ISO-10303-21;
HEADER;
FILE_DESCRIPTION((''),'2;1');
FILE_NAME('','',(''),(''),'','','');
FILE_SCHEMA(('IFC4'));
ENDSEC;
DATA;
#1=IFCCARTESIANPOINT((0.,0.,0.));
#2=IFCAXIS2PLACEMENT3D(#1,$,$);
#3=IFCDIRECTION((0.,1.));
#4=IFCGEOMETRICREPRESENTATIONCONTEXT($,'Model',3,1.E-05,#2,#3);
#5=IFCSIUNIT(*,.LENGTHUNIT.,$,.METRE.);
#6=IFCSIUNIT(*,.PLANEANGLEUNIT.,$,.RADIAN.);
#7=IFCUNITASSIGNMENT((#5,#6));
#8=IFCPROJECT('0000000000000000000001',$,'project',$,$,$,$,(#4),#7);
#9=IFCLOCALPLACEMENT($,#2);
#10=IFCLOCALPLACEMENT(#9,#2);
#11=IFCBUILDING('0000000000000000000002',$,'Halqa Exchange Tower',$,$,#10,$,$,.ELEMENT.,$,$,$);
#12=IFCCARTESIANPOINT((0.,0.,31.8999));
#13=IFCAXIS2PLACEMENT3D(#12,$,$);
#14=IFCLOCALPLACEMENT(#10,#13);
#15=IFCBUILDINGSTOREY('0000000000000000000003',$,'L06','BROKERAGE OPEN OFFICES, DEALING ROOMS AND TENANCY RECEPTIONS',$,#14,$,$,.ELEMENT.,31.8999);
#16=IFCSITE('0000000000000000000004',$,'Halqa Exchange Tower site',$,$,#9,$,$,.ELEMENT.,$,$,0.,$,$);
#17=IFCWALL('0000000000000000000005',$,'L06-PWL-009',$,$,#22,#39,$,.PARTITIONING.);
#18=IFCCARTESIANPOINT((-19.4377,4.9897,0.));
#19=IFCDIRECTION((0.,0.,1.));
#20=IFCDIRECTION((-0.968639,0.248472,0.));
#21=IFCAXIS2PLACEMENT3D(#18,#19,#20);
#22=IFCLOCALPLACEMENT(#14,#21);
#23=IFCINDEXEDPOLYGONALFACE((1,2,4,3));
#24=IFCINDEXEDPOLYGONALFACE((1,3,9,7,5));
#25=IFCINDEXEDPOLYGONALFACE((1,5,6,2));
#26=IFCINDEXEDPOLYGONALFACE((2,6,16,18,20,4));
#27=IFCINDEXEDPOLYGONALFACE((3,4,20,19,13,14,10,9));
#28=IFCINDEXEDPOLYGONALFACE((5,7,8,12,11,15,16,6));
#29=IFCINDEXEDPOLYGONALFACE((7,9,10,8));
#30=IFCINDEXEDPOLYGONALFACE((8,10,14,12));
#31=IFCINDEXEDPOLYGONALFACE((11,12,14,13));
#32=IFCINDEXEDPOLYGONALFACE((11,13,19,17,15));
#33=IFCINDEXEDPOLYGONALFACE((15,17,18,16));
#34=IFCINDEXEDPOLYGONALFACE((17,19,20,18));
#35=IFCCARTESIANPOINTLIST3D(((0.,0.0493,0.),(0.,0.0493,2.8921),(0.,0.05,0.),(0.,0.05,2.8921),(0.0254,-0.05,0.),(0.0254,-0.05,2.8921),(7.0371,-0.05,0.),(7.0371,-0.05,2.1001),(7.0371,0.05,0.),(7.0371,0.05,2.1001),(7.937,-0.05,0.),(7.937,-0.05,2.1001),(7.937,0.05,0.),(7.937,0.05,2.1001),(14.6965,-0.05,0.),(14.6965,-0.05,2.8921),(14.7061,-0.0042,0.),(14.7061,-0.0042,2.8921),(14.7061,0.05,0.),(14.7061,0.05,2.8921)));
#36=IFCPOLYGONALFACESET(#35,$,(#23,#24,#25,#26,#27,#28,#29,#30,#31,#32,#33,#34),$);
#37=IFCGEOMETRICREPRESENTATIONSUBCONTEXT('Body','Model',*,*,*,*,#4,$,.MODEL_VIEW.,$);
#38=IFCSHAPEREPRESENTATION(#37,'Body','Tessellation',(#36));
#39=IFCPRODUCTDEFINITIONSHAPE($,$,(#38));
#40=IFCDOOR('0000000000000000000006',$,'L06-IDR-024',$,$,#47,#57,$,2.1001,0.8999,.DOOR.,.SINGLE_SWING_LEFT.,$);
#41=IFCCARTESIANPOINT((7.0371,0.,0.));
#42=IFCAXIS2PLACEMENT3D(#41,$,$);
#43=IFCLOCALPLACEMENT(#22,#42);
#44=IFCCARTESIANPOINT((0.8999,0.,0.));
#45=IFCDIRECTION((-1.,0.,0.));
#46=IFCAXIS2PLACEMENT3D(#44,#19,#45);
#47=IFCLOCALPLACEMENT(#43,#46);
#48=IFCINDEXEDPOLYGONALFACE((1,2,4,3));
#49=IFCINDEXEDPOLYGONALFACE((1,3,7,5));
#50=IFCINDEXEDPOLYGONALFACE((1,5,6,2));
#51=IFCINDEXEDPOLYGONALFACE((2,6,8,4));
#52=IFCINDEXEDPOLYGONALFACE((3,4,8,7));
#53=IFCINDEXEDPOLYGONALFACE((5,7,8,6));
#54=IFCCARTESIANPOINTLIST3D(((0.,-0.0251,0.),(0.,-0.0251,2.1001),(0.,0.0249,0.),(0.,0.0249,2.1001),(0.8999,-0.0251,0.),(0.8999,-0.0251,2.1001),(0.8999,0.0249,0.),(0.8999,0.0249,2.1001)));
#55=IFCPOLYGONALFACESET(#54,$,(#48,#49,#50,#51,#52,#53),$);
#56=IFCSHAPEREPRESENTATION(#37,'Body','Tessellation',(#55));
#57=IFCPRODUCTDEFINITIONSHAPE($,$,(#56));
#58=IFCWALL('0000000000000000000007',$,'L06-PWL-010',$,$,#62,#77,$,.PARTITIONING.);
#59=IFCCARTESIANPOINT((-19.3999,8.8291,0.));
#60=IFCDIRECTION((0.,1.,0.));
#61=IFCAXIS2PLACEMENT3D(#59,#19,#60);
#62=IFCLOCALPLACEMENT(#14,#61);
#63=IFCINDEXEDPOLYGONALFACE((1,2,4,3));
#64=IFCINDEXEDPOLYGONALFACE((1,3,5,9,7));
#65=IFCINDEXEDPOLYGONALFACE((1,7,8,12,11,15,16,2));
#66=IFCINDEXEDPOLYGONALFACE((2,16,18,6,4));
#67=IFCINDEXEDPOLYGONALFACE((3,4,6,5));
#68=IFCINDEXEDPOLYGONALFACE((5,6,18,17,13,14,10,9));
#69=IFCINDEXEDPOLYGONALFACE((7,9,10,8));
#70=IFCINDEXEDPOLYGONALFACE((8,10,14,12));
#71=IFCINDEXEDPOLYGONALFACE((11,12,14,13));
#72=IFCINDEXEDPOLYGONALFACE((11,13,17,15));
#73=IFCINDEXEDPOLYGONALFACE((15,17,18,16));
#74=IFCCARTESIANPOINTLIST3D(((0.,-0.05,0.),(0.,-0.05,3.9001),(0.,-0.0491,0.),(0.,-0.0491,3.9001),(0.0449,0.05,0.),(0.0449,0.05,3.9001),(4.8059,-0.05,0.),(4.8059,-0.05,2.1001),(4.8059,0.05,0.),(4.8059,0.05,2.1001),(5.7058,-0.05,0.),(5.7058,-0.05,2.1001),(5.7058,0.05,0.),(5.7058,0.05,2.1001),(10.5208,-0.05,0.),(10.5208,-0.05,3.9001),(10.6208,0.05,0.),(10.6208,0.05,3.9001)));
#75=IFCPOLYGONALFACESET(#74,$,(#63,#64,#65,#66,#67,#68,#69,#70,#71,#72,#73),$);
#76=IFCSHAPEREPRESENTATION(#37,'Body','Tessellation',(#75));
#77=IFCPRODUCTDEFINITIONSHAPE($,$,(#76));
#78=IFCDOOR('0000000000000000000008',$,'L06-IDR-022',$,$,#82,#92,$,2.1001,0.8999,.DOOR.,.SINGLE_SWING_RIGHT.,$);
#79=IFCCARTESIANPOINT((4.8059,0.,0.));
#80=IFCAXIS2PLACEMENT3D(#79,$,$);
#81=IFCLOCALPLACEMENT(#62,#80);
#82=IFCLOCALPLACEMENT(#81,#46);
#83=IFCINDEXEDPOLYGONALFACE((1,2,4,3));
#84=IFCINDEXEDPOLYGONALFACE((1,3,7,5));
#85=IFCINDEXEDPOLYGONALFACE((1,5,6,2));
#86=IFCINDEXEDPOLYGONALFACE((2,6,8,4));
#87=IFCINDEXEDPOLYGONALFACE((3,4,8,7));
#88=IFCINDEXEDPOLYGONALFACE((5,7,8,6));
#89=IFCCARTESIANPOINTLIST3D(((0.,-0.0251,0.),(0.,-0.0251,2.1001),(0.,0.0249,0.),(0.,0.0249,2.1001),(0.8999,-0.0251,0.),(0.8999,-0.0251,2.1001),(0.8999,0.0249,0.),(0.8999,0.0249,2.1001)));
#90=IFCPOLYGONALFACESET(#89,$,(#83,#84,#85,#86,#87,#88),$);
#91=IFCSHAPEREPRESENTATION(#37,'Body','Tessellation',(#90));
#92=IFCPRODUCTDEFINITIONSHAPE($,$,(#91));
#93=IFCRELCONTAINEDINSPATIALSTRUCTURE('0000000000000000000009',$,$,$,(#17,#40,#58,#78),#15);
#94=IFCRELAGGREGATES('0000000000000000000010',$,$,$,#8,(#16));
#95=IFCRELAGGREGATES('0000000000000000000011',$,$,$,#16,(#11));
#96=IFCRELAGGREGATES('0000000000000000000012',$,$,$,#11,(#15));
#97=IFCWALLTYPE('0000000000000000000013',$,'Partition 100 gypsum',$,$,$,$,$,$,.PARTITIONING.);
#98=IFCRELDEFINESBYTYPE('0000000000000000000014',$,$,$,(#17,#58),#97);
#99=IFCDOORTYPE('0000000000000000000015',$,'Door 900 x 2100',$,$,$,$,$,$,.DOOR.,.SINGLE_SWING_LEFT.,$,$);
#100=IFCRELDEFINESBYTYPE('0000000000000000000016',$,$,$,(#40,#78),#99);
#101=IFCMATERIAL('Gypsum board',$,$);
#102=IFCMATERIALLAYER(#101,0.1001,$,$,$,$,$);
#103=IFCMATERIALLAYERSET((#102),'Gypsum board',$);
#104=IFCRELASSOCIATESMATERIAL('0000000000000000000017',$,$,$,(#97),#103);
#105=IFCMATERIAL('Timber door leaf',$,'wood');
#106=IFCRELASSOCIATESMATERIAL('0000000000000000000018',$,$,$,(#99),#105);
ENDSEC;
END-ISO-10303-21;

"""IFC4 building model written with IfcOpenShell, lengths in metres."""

from ifc_helpers import new_model, si_unit, direction, frame, frame_2d, origin, place, context, subcontext, project, spatial, polyline, rectangle, outline, extrude, material, layer, layer_set, type_object, element, fill, save


model = new_model("IFC4")

# Units and contexts
model_context = context("Model", 3, precision=1e-05, world=origin(), true_north=direction((0.0, 1.0)))
body_context = subcontext(model_context, "Body", "Model", "MODEL_VIEW")
ifc_project = project(units=[si_unit("LENGTHUNIT", "METRE"), si_unit("PLANEANGLEUNIT", "RADIAN")], contexts=[model_context])

# Site, building, storey
site_placement = place(None, origin())
site = spatial("IfcSite", under=ifc_project, at=site_placement, Name="Halqa Exchange Tower site", CompositionType="ELEMENT", RefElevation=0.0)
building_placement = place(site_placement, origin())
building = spatial("IfcBuilding", under=site, at=building_placement, Name="Halqa Exchange Tower", CompositionType="ELEMENT")
storey_placement = place(building_placement, frame((0.0, 0.0, 31.8999)))
storey = spatial("IfcBuildingStorey", under=building, at=storey_placement, Name="L06", Description="BROKERAGE OPEN OFFICES, DEALING ROOMS AND TENANCY RECEPTIONS", CompositionType="ELEMENT", Elevation=31.8999)

# Walls, openings, doors
ifc_material_1 = material(Name="Gypsum board")
ifc_layer_1 = layer(ifc_material_1, 0.1001)
ifc_layer_set_1 = layer_set([ifc_layer_1], Name="Gypsum board")
wall_type_1 = type_object("IfcWallType", Name="Partition 100 gypsum", PredefinedType="PARTITIONING", material=ifc_layer_set_1)
ifc_material_2 = material(Name="Timber door leaf", Category="wood")
door_type_1 = type_object("IfcDoorType", Name="Door 900 x 2100", OperationType="SINGLE_SWING_LEFT", PredefinedType="DOOR", material=ifc_material_2)
wall_1_placement = place(storey_placement, frame((-19.4377, 4.9897, 0.0), z_axis=(0.0, 0.0, 1.0), x_axis=(-0.968639, 0.248472, 0.0)))
wall_1 = element("IfcWall", 1, at=wall_1_placement, inside=storey, type_object=wall_type_1, Name="L06-PWL-009", PredefinedType="PARTITIONING", context=body_context, shape_type="SweptSolid", body=[
    extrude(outline(polyline([(0.0254, -0.05), (1.8594, -0.05), (3.6934, -0.05), (5.5271, -0.05), (7.3611, -0.05), (9.1948, -0.05), (11.0288, -0.05), (12.8625, -0.05), (14.6965, -0.05), (14.7061, -0.0042), (14.7061, 0.05), (12.8677, 0.05), (11.0295, 0.05), (9.1914, 0.05), (7.353, 0.05), (5.5146, 0.05), (3.6765, 0.05), (1.8384, 0.05), (0.0, 0.05), (0.0, 0.0493), (0.0254, -0.05)])), origin(), (0.0, 0.0, 1.0), 2.8921),
])
opening_1_placement = place(wall_1_placement, frame((7.0371, 0.0, 0.0)))
opening_1 = element("IfcOpeningElement", 2, at=opening_1_placement, cuts=wall_1, PredefinedType="OPENING", context=body_context, shape_type="SweptSolid", body=[
    extrude(rectangle(XDim=0.8999, YDim=2.1001, at=frame_2d((0.45, 1.05))), frame((0.0, 0.062, 0.0), z_axis=(0.0, -1.0, 0.0), x_axis=(1.0, 0.0, 0.0)), (0.0, 0.0, 1.0), 0.124),
])
door_1_placement = place(opening_1_placement, frame((0.8999, 0.0, 0.0), z_axis=(0.0, 0.0, 1.0), x_axis=(-1.0, 0.0, 0.0)))
door_1 = element("IfcDoor", 3, at=door_1_placement, inside=storey, type_object=door_type_1, Name="L06-IDR-024", OperationType="SINGLE_SWING_LEFT", OverallHeight=2.1001, OverallWidth=0.8999, PredefinedType="DOOR", context=body_context, shape_type="SweptSolid", body=[
    extrude(rectangle(XDim=0.8999, YDim=2.1001, at=frame_2d((0.45, 1.05))), frame((0.0, 0.0249, 0.0), z_axis=(0.0, -1.0, 0.0), x_axis=(1.0, 0.0, 0.0)), (0.0, 0.0, 1.0), 0.05),
])
fill(opening_1, door_1)
wall_2_placement = place(storey_placement, frame((-19.3999, 8.8291, 0.0), z_axis=(0.0, 0.0, 1.0), x_axis=(0.0, 1.0, 0.0)))
wall_2 = element("IfcWall", 4, at=wall_2_placement, inside=storey, type_object=wall_type_1, Name="L06-PWL-010", PredefinedType="PARTITIONING", context=body_context, shape_type="SweptSolid", body=[
    extrude(outline(polyline([(0.0, -0.05), (1.7534, -0.05), (3.5068, -0.05), (5.2603, -0.05), (7.0139, -0.05), (8.7673, -0.05), (10.5208, -0.05), (10.521, -0.0498), (10.6208, 0.05), (8.8582, 0.05), (7.0955, 0.05), (5.3328, 0.05), (3.5701, 0.05), (1.8076, 0.05), (0.0449, 0.05), (0.0, -0.0491), (0.0, -0.05)])), origin(), (0.0, 0.0, 1.0), 3.9001),
])
opening_2_placement = place(wall_2_placement, frame((4.8059, 0.0, 0.0)))
opening_2 = element("IfcOpeningElement", 5, at=opening_2_placement, cuts=wall_2, PredefinedType="OPENING", context=body_context, shape_type="SweptSolid", body=[
    extrude(rectangle(XDim=0.8999, YDim=2.1001, at=frame_2d((0.45, 1.05))), frame((0.0, 0.062, 0.0), z_axis=(0.0, -1.0, 0.0), x_axis=(1.0, 0.0, 0.0)), (0.0, 0.0, 1.0), 0.124),
])
door_2_placement = place(opening_2_placement, frame((0.8999, 0.0, 0.0), z_axis=(0.0, 0.0, 1.0), x_axis=(-1.0, 0.0, 0.0)))
door_2 = element("IfcDoor", 6, at=door_2_placement, inside=storey, type_object=door_type_1, Name="L06-IDR-022", OperationType="SINGLE_SWING_RIGHT", OverallHeight=2.1001, OverallWidth=0.8999, PredefinedType="DOOR", context=body_context, shape_type="SweptSolid", body=[
    extrude(rectangle(XDim=0.8999, YDim=2.1001, at=frame_2d((0.45, 1.05))), frame((0.0, 0.0249, 0.0), z_axis=(0.0, -1.0, 0.0), x_axis=(1.0, 0.0, 0.0)), (0.0, 0.0, 1.0), 0.05),
])
fill(opening_2, door_2)

save(model, "model.ifc")
